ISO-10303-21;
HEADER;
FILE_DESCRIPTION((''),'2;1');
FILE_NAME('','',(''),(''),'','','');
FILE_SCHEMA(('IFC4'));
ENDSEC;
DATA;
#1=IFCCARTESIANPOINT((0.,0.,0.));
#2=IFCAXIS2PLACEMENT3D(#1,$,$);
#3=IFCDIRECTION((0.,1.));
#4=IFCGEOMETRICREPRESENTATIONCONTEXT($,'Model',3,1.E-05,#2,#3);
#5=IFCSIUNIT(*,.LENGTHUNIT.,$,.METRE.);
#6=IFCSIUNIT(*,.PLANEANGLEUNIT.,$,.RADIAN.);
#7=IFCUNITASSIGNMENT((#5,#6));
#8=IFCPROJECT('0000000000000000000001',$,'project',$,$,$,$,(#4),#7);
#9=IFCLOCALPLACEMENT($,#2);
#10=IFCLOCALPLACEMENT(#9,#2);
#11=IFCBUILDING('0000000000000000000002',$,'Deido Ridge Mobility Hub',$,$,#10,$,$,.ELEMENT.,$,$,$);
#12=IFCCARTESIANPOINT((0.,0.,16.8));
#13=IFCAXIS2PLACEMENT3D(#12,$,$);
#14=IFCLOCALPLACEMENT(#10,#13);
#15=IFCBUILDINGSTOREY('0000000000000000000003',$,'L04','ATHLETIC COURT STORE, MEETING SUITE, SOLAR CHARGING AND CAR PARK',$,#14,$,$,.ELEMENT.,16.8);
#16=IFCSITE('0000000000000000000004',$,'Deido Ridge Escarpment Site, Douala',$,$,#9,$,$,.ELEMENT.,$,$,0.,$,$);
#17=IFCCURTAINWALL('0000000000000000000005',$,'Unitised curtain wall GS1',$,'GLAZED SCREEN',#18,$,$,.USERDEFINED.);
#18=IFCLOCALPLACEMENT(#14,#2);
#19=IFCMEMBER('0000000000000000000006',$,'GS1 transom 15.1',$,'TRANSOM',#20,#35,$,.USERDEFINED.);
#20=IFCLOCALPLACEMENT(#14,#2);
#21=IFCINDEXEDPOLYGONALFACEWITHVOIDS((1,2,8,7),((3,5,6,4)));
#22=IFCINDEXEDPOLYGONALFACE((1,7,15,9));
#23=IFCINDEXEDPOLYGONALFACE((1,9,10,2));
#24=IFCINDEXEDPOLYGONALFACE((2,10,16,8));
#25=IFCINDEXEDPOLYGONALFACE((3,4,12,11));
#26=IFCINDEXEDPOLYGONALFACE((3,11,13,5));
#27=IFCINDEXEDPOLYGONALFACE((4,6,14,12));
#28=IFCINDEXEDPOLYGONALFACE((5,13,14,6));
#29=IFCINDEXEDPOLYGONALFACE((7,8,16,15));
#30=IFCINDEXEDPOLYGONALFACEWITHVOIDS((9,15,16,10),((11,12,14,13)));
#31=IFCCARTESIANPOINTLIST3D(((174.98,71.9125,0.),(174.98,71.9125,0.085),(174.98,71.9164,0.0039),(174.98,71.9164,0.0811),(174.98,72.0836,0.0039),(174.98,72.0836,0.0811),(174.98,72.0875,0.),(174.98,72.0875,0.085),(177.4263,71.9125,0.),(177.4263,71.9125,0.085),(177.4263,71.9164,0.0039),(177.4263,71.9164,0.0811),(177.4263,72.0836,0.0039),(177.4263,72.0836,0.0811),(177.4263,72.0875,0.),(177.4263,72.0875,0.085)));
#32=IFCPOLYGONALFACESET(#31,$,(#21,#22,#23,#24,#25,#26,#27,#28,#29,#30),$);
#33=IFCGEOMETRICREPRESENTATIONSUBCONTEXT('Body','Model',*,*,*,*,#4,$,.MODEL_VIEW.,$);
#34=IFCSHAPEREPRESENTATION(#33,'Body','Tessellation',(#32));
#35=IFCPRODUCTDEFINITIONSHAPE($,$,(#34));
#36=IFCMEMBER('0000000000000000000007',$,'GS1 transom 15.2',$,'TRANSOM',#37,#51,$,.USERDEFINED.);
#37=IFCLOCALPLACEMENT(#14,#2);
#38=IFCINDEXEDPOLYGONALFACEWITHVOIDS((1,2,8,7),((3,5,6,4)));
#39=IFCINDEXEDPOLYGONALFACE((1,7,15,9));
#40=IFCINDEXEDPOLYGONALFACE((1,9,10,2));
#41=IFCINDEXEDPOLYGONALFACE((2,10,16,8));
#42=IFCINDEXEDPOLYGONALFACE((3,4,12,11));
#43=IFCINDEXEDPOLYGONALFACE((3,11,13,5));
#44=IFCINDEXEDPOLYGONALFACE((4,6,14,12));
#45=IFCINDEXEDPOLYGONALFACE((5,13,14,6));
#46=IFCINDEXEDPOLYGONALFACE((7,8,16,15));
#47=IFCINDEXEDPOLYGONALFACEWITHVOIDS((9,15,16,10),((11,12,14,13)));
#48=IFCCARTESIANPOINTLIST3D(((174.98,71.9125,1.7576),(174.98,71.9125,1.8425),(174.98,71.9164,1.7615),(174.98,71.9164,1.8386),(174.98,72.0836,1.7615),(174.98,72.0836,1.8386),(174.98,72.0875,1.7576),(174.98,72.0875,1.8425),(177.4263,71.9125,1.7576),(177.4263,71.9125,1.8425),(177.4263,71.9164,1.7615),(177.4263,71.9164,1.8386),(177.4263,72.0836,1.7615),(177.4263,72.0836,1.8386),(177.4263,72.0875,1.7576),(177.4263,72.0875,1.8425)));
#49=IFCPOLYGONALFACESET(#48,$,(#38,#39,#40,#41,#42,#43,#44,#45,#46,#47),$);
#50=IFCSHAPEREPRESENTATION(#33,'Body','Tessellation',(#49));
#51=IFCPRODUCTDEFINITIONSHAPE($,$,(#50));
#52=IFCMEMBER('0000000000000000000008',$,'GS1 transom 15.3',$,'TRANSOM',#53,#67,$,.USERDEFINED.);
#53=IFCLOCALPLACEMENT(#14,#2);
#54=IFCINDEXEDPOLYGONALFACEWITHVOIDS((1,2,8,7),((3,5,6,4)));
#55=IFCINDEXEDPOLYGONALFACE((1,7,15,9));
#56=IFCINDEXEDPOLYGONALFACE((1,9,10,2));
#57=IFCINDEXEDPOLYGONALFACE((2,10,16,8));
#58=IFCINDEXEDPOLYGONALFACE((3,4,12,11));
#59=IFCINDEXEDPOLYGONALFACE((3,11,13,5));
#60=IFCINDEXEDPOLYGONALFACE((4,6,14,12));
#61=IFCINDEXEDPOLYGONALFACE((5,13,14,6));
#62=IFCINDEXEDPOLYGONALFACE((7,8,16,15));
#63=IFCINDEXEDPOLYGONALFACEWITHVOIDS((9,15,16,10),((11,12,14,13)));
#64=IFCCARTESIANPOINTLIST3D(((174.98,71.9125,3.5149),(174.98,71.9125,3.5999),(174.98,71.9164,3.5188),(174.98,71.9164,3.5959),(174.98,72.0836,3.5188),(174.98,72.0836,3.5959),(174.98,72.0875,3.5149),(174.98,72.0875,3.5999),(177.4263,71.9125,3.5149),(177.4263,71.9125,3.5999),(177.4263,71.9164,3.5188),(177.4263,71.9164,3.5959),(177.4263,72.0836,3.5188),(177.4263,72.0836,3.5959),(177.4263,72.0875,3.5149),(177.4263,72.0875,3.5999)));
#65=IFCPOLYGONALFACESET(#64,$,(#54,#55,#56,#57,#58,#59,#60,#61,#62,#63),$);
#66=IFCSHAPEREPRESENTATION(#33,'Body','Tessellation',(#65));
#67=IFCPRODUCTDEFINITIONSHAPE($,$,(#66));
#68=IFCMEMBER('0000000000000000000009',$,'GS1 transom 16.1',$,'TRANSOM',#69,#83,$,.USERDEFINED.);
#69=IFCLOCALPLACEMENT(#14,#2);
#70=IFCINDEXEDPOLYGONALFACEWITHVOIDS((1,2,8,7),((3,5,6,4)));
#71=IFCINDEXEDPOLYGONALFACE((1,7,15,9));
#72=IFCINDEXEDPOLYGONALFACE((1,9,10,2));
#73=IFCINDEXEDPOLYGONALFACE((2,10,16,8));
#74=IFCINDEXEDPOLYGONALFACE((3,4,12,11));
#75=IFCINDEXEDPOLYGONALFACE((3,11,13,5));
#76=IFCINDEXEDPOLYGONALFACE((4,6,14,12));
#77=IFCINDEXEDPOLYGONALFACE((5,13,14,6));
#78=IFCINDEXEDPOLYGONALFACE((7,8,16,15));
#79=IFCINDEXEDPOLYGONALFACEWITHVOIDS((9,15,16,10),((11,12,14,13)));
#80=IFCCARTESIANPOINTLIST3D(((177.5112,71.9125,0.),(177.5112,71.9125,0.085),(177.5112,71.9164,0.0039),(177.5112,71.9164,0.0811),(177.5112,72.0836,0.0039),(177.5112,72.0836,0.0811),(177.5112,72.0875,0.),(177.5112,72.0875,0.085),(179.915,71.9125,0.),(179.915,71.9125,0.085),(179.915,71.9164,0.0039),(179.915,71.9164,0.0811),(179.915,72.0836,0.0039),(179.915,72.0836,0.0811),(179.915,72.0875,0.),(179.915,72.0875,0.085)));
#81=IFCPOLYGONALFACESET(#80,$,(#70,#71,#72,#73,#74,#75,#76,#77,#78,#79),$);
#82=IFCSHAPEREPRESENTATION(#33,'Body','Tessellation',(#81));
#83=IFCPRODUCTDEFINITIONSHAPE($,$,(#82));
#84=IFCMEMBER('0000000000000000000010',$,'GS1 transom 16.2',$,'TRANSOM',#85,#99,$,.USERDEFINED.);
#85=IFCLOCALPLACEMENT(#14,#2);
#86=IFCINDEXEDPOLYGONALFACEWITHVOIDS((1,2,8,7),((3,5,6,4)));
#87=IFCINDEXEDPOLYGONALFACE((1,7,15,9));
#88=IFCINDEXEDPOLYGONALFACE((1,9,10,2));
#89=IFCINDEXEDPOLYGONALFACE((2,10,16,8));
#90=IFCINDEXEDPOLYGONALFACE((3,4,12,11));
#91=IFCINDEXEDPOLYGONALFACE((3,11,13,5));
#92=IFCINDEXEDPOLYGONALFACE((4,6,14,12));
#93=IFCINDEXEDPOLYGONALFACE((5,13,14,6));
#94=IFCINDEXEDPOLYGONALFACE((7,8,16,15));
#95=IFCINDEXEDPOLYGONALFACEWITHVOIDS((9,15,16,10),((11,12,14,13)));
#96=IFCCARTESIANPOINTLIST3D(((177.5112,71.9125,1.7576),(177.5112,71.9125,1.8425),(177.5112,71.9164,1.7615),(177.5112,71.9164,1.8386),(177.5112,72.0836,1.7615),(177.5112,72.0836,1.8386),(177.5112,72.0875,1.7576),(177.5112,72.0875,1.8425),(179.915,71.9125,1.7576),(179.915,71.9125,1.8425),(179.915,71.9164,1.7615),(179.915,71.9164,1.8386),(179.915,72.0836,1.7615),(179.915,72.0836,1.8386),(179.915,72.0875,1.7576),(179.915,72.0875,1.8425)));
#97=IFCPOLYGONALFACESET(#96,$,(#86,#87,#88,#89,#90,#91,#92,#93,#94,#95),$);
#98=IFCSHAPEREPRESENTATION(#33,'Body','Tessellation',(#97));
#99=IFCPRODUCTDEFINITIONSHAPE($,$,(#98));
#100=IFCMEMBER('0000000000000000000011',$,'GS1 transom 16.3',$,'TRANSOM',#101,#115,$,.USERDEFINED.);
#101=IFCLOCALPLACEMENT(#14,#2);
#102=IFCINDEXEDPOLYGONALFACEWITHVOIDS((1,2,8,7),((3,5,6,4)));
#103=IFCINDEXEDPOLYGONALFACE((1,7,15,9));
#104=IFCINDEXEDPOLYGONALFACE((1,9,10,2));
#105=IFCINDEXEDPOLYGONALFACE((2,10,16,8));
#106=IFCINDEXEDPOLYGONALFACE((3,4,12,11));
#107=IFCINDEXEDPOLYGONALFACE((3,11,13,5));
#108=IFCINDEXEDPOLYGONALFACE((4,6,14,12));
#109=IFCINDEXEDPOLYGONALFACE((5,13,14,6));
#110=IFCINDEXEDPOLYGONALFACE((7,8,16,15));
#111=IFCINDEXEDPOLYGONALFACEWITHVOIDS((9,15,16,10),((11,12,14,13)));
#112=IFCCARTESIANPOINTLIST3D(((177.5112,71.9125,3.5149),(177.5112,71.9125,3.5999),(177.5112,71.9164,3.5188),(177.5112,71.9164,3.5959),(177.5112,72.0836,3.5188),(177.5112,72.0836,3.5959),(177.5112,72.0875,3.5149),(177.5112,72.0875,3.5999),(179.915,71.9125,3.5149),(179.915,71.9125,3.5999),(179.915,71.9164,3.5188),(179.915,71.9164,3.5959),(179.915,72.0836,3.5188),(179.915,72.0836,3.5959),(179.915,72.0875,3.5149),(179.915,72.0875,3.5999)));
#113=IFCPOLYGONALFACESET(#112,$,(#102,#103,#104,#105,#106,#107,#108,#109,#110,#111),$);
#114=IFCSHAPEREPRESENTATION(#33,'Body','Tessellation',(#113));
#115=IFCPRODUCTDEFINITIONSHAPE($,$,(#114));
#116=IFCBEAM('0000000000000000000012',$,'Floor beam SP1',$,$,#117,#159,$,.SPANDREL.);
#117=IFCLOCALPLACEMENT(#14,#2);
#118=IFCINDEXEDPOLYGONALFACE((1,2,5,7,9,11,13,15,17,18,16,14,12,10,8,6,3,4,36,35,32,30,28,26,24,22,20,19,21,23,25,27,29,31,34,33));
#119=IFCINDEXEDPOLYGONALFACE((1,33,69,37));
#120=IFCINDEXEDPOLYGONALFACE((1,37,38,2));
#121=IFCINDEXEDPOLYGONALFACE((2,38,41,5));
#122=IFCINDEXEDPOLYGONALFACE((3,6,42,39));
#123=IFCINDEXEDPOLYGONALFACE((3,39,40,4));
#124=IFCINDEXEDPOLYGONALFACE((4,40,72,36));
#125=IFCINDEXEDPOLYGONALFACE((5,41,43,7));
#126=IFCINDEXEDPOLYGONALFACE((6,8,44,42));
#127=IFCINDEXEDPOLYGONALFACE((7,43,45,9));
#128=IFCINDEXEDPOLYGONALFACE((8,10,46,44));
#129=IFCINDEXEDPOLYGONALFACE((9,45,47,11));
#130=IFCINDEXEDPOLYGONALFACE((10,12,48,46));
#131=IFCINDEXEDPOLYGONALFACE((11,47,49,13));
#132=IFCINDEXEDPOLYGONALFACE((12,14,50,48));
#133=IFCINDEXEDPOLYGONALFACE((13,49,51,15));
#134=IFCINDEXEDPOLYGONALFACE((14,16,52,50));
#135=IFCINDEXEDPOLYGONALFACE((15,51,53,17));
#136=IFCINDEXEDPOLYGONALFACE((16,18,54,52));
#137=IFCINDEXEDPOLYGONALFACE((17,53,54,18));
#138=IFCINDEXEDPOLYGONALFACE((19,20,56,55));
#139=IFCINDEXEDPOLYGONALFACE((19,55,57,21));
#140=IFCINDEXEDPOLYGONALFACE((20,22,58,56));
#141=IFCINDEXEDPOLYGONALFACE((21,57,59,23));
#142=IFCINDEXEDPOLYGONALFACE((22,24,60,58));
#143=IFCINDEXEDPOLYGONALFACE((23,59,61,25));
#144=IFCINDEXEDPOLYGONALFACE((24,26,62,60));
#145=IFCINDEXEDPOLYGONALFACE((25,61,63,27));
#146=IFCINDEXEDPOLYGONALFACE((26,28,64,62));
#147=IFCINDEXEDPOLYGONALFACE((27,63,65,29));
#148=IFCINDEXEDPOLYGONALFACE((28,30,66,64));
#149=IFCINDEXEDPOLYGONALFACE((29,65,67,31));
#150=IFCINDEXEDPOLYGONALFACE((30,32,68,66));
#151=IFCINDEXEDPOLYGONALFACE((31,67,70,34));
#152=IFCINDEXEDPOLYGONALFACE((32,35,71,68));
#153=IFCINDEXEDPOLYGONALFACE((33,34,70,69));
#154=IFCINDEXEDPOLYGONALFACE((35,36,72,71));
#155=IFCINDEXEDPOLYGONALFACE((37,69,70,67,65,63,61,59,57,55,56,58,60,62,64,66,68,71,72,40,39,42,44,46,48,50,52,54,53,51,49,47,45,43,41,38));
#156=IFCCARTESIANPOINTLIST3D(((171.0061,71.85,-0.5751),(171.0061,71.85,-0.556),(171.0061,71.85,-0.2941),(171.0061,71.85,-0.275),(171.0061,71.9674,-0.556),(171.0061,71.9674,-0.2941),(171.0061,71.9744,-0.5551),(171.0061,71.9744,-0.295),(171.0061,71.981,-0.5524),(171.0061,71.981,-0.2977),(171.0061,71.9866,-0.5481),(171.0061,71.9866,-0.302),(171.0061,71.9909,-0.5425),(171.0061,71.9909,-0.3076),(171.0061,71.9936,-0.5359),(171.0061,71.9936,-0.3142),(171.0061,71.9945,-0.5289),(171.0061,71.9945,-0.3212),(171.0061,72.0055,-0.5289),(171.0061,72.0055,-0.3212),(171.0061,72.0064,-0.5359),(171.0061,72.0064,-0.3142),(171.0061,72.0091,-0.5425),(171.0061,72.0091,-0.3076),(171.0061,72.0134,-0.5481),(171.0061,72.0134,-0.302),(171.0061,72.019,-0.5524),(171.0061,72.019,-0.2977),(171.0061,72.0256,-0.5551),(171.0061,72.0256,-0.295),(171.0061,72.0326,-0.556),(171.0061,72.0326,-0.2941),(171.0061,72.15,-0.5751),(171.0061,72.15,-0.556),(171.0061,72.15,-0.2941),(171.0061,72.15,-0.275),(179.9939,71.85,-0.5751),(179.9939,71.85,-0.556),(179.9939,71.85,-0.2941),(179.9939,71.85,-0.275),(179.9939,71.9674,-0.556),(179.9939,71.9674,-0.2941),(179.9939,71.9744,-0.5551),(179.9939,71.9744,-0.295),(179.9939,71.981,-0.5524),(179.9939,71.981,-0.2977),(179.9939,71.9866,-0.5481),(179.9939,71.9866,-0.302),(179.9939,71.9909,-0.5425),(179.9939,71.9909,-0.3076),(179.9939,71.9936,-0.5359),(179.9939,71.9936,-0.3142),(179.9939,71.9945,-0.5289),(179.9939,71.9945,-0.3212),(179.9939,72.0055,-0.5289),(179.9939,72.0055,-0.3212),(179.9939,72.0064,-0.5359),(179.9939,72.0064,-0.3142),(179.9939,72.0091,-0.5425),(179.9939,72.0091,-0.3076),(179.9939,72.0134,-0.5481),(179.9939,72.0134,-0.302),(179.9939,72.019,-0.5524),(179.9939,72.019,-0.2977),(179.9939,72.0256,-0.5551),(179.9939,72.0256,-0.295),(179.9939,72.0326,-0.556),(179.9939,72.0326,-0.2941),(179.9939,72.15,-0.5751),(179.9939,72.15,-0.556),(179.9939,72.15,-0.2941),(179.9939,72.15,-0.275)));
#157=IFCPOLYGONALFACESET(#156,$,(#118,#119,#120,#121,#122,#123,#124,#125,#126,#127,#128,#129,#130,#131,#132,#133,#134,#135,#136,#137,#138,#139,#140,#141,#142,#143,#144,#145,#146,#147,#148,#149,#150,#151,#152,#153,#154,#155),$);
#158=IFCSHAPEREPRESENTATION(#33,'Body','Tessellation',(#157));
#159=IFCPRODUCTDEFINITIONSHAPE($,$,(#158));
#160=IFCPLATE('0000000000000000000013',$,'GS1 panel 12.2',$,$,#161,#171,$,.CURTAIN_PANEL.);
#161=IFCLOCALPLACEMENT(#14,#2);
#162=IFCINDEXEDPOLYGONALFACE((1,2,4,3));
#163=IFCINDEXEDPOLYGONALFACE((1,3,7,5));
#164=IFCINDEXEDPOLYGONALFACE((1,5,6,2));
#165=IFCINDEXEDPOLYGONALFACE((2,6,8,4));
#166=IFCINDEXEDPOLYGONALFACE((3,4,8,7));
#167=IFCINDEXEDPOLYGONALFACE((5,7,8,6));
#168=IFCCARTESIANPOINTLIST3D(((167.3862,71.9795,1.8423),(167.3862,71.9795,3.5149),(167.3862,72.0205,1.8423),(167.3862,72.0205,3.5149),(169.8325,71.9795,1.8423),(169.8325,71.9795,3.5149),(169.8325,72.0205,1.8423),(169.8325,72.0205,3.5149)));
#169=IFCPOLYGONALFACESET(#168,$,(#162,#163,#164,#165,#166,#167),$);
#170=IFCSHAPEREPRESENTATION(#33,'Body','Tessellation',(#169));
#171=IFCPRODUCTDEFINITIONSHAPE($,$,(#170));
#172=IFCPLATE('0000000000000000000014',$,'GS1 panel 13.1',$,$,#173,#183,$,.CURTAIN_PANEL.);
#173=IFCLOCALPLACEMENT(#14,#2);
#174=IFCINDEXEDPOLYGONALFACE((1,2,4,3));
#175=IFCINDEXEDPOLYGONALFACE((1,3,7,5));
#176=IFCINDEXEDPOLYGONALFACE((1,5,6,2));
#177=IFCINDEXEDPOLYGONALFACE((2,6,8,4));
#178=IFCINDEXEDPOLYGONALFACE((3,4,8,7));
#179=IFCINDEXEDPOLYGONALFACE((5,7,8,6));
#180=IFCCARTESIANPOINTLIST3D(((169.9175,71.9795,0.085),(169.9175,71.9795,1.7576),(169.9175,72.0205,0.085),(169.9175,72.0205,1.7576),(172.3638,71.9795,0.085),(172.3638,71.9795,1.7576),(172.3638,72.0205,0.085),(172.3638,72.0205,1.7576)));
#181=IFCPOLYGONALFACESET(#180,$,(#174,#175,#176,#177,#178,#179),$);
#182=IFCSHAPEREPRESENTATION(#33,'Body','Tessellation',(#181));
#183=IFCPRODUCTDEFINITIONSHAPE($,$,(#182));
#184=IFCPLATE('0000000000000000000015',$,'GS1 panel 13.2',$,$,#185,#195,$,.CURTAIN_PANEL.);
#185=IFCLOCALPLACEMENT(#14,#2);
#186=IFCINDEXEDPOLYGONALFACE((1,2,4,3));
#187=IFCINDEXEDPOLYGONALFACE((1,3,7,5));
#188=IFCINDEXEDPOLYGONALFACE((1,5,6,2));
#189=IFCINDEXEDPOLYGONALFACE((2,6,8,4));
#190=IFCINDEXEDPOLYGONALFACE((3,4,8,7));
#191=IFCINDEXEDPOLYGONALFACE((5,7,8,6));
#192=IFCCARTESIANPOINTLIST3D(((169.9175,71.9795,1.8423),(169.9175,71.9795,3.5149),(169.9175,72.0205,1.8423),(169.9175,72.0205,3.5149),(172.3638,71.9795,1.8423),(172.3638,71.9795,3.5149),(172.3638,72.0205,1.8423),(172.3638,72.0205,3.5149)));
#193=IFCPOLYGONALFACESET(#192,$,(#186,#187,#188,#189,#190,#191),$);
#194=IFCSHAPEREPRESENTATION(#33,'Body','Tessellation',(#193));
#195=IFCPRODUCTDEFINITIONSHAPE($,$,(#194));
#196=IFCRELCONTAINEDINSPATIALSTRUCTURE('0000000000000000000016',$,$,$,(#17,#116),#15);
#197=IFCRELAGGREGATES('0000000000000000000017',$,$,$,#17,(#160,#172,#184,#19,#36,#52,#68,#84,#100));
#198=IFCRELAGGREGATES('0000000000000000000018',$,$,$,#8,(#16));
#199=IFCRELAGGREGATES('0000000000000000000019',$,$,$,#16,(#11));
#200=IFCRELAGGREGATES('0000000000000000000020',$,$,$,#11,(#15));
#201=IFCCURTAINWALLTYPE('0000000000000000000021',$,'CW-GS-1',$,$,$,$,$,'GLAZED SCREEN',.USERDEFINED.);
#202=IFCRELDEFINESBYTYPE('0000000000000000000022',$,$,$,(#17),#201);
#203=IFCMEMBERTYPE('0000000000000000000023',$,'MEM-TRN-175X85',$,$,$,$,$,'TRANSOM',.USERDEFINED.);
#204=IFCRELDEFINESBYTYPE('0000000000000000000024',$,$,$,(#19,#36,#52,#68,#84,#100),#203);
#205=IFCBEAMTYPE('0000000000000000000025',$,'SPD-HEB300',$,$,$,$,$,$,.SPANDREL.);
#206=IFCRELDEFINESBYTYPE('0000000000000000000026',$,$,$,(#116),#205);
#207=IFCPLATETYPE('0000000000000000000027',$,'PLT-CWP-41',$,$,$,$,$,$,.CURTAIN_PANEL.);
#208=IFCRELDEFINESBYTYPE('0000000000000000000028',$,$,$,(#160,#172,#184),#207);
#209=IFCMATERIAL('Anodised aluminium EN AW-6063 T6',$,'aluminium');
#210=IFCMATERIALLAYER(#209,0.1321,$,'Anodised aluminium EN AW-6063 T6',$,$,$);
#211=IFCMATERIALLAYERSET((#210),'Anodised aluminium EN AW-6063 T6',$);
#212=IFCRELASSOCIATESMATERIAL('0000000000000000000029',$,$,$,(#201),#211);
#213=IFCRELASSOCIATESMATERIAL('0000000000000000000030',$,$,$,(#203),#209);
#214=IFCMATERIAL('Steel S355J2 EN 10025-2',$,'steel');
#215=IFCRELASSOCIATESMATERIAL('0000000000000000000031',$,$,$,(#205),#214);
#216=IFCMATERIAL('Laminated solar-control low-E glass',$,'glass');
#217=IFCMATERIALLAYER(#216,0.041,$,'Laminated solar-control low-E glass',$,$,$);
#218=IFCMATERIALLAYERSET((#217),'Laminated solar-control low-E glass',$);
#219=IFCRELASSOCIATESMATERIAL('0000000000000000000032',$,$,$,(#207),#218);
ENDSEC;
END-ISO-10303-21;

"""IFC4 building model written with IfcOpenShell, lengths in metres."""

from ifc_helpers import new_model, si_unit, direction, frame, origin, origin_2d, place, context, subcontext, project, spatial, rectangle, hollow_rectangle, i_section, extrude, material, layer, layer_set, material_profile, profile_set, type_object, element, aggregate, save


model = new_model("IFC4")

# Units and contexts
model_context = context("Model", 3, precision=1e-05, world=origin(), true_north=direction((0.0, 1.0)))
body_context = subcontext(model_context, "Body", "Model", "MODEL_VIEW")
ifc_project = project(units=[si_unit("LENGTHUNIT", "METRE"), si_unit("PLANEANGLEUNIT", "RADIAN")], contexts=[model_context])

# Site, building, storey
site_placement = place(None, origin())
site = spatial("IfcSite", under=ifc_project, at=site_placement, Name="Deido Ridge Escarpment Site, Douala", CompositionType="ELEMENT", RefElevation=0.0)
building_placement = place(site_placement, origin())
building = spatial("IfcBuilding", under=site, at=building_placement, Name="Deido Ridge Mobility Hub", CompositionType="ELEMENT")
storey_placement = place(building_placement, frame((0.0, 0.0, 16.8)))
storey = spatial("IfcBuildingStorey", under=building, at=storey_placement, Name="L04", Description="ATHLETIC COURT STORE, MEETING SUITE, SOLAR CHARGING AND CAR PARK", CompositionType="ELEMENT", Elevation=16.8)

# Curtain wall, members
ifc_material_1 = material(Name="Anodised aluminium EN AW-6063 T6", Category="aluminium")
ifc_layer_1 = layer(ifc_material_1, 0.1321, Name="Anodised aluminium EN AW-6063 T6")
ifc_layer_set_1 = layer_set([ifc_layer_1], Name="Anodised aluminium EN AW-6063 T6")
curtain_wall_type = type_object("IfcCurtainWallType", Name="CW-GS-1", ElementType="GLAZED SCREEN", PredefinedType="USERDEFINED", material=ifc_layer_set_1)
curtain_wall_placement = place(storey_placement, origin())
curtain_wall = element("IfcCurtainWall", 1, at=curtain_wall_placement, inside=storey, type_object=curtain_wall_type, Name="Unitised curtain wall GS1", ObjectType="GLAZED SCREEN", PredefinedType="USERDEFINED")
ifc_material_profile_1 = material_profile(ifc_material_1, hollow_rectangle(XDim=0.175, YDim=0.085, WallThickness=0.0039, at=origin_2d()), Name="RHS 175x85x4")
ifc_profile_set_1 = profile_set([ifc_material_profile_1], Name="Anodised aluminium EN AW-6063 T6")
member_type_1 = type_object("IfcMemberType", Name="MEM-TRN-175X85", ElementType="TRANSOM", PredefinedType="USERDEFINED", material=ifc_profile_set_1)
member_1_placement = place(storey_placement, frame((174.98, 72.0, 0.0425), z_axis=(1.0, 0.0, 0.0), x_axis=(0.0, 1.0, 0.0)))
member_1 = element("IfcMember", 2, at=member_1_placement, type_object=member_type_1, Name="GS1 transom 15.1", ObjectType="TRANSOM", PredefinedType="USERDEFINED", context=body_context, shape_type="SweptSolid", body=[
    extrude(hollow_rectangle(XDim=0.175, YDim=0.085, WallThickness=0.0039, at=origin_2d()), origin(), (0.0, 0.0, 1.0), 2.4463),
])
member_2_placement = place(storey_placement, frame((174.98, 72.0, 1.8), z_axis=(1.0, 0.0, 0.0), x_axis=(0.0, 1.0, 0.0)))
member_2 = element("IfcMember", 3, at=member_2_placement, type_object=member_type_1, Name="GS1 transom 15.2", ObjectType="TRANSOM", PredefinedType="USERDEFINED", context=body_context, shape_type="SweptSolid", body=[
    extrude(hollow_rectangle(XDim=0.175, YDim=0.085, WallThickness=0.0039, at=origin_2d()), origin(), (0.0, 0.0, 1.0), 2.4463),
])
member_3_placement = place(storey_placement, frame((174.98, 72.0, 3.5574), z_axis=(1.0, 0.0, 0.0), x_axis=(0.0, 1.0, 0.0)))
member_3 = element("IfcMember", 4, at=member_3_placement, type_object=member_type_1, Name="GS1 transom 15.3", ObjectType="TRANSOM", PredefinedType="USERDEFINED", context=body_context, shape_type="SweptSolid", body=[
    extrude(hollow_rectangle(XDim=0.175, YDim=0.085, WallThickness=0.0039, at=origin_2d()), origin(), (0.0, 0.0, 1.0), 2.4463),
])
member_4_placement = place(storey_placement, frame((177.5112, 72.0, 0.0425), z_axis=(1.0, 0.0, 0.0), x_axis=(0.0, 1.0, 0.0)))
member_4 = element("IfcMember", 5, at=member_4_placement, type_object=member_type_1, Name="GS1 transom 16.1", ObjectType="TRANSOM", PredefinedType="USERDEFINED", context=body_context, shape_type="SweptSolid", body=[
    extrude(hollow_rectangle(XDim=0.175, YDim=0.085, WallThickness=0.0039, at=origin_2d()), origin(), (0.0, 0.0, 1.0), 2.4038),
])
member_5_placement = place(storey_placement, frame((177.5112, 72.0, 1.8), z_axis=(1.0, 0.0, 0.0), x_axis=(0.0, 1.0, 0.0)))
member_5 = element("IfcMember", 6, at=member_5_placement, type_object=member_type_1, Name="GS1 transom 16.2", ObjectType="TRANSOM", PredefinedType="USERDEFINED", context=body_context, shape_type="SweptSolid", body=[
    extrude(hollow_rectangle(XDim=0.175, YDim=0.085, WallThickness=0.0039, at=origin_2d()), origin(), (0.0, 0.0, 1.0), 2.4038),
])
member_6_placement = place(storey_placement, frame((177.5112, 72.0, 3.5574), z_axis=(1.0, 0.0, 0.0), x_axis=(0.0, 1.0, 0.0)))
member_6 = element("IfcMember", 7, at=member_6_placement, type_object=member_type_1, Name="GS1 transom 16.3", ObjectType="TRANSOM", PredefinedType="USERDEFINED", context=body_context, shape_type="SweptSolid", body=[
    extrude(hollow_rectangle(XDim=0.175, YDim=0.085, WallThickness=0.0039, at=origin_2d()), origin(), (0.0, 0.0, 1.0), 2.4038),
])

# Beam
ifc_material_2 = material(Name="Steel S355J2 EN 10025-2", Category="steel")
ifc_material_profile_2 = material_profile(ifc_material_2, i_section(OverallWidth=0.3, OverallDepth=0.3, WebThickness=0.011, FlangeThickness=0.019, FilletRadius=0.0271, at=origin_2d()), Name="HEB 300")
ifc_profile_set_2 = profile_set([ifc_material_profile_2], Name="Steel S355J2 EN 10025-2")
beam_type = type_object("IfcBeamType", Name="SPD-HEB300", PredefinedType="SPANDREL", material=ifc_profile_set_2)
beam_placement = place(storey_placement, frame((171.0061, 72.0, -0.425), z_axis=(1.0, 0.0, 0.0), x_axis=(0.0, 1.0, 0.0)))
element("IfcBeam", 8, at=beam_placement, inside=storey, type_object=beam_type, Name="Floor beam SP1", PredefinedType="SPANDREL", context=body_context, shape_type="SweptSolid", body=[
    extrude(i_section(OverallWidth=0.3, OverallDepth=0.3, WebThickness=0.011, FlangeThickness=0.019, FilletRadius=0.0271, at=origin_2d()), origin(), (0.0, 0.0, 1.0), 8.9878),
])

# Plates
ifc_material_3 = material(Name="Laminated solar-control low-E glass", Category="glass")
ifc_layer_2 = layer(ifc_material_3, 0.041, Name="Laminated solar-control low-E glass")
ifc_layer_set_2 = layer_set([ifc_layer_2], Name="Laminated solar-control low-E glass")
plate_type = type_object("IfcPlateType", Name="PLT-CWP-41", PredefinedType="CURTAIN_PANEL", material=ifc_layer_set_2)
plate_1_placement = place(storey_placement, frame((168.6094, 72.0, 1.8423), z_axis=(0.0, 0.0, 1.0), x_axis=(1.0, 0.0, 0.0)))
plate_1 = element("IfcPlate", 9, at=plate_1_placement, type_object=plate_type, Name="GS1 panel 12.2", PredefinedType="CURTAIN_PANEL", context=body_context, shape_type="SweptSolid", body=[
    extrude(rectangle(XDim=2.4463, YDim=0.041, at=origin_2d()), origin(), (0.0, 0.0, 1.0), 1.6726),
])
plate_2_placement = place(storey_placement, frame((171.1406, 72.0, 0.085), z_axis=(0.0, 0.0, 1.0), x_axis=(1.0, 0.0, 0.0)))
plate_2 = element("IfcPlate", 10, at=plate_2_placement, type_object=plate_type, Name="GS1 panel 13.1", PredefinedType="CURTAIN_PANEL", context=body_context, shape_type="SweptSolid", body=[
    extrude(rectangle(XDim=2.4463, YDim=0.041, at=origin_2d()), origin(), (0.0, 0.0, 1.0), 1.6726),
])
plate_3_placement = place(storey_placement, frame((171.1406, 72.0, 1.8423), z_axis=(0.0, 0.0, 1.0), x_axis=(1.0, 0.0, 0.0)))
plate_3 = element("IfcPlate", 11, at=plate_3_placement, type_object=plate_type, Name="GS1 panel 13.2", PredefinedType="CURTAIN_PANEL", context=body_context, shape_type="SweptSolid", body=[
    extrude(rectangle(XDim=2.4463, YDim=0.041, at=origin_2d()), origin(), (0.0, 0.0, 1.0), 1.6726),
])
aggregate(curtain_wall, [plate_1, plate_2, plate_3, member_1, member_2, member_3, member_4, member_5, member_6])

save(model, "model.ifc")
